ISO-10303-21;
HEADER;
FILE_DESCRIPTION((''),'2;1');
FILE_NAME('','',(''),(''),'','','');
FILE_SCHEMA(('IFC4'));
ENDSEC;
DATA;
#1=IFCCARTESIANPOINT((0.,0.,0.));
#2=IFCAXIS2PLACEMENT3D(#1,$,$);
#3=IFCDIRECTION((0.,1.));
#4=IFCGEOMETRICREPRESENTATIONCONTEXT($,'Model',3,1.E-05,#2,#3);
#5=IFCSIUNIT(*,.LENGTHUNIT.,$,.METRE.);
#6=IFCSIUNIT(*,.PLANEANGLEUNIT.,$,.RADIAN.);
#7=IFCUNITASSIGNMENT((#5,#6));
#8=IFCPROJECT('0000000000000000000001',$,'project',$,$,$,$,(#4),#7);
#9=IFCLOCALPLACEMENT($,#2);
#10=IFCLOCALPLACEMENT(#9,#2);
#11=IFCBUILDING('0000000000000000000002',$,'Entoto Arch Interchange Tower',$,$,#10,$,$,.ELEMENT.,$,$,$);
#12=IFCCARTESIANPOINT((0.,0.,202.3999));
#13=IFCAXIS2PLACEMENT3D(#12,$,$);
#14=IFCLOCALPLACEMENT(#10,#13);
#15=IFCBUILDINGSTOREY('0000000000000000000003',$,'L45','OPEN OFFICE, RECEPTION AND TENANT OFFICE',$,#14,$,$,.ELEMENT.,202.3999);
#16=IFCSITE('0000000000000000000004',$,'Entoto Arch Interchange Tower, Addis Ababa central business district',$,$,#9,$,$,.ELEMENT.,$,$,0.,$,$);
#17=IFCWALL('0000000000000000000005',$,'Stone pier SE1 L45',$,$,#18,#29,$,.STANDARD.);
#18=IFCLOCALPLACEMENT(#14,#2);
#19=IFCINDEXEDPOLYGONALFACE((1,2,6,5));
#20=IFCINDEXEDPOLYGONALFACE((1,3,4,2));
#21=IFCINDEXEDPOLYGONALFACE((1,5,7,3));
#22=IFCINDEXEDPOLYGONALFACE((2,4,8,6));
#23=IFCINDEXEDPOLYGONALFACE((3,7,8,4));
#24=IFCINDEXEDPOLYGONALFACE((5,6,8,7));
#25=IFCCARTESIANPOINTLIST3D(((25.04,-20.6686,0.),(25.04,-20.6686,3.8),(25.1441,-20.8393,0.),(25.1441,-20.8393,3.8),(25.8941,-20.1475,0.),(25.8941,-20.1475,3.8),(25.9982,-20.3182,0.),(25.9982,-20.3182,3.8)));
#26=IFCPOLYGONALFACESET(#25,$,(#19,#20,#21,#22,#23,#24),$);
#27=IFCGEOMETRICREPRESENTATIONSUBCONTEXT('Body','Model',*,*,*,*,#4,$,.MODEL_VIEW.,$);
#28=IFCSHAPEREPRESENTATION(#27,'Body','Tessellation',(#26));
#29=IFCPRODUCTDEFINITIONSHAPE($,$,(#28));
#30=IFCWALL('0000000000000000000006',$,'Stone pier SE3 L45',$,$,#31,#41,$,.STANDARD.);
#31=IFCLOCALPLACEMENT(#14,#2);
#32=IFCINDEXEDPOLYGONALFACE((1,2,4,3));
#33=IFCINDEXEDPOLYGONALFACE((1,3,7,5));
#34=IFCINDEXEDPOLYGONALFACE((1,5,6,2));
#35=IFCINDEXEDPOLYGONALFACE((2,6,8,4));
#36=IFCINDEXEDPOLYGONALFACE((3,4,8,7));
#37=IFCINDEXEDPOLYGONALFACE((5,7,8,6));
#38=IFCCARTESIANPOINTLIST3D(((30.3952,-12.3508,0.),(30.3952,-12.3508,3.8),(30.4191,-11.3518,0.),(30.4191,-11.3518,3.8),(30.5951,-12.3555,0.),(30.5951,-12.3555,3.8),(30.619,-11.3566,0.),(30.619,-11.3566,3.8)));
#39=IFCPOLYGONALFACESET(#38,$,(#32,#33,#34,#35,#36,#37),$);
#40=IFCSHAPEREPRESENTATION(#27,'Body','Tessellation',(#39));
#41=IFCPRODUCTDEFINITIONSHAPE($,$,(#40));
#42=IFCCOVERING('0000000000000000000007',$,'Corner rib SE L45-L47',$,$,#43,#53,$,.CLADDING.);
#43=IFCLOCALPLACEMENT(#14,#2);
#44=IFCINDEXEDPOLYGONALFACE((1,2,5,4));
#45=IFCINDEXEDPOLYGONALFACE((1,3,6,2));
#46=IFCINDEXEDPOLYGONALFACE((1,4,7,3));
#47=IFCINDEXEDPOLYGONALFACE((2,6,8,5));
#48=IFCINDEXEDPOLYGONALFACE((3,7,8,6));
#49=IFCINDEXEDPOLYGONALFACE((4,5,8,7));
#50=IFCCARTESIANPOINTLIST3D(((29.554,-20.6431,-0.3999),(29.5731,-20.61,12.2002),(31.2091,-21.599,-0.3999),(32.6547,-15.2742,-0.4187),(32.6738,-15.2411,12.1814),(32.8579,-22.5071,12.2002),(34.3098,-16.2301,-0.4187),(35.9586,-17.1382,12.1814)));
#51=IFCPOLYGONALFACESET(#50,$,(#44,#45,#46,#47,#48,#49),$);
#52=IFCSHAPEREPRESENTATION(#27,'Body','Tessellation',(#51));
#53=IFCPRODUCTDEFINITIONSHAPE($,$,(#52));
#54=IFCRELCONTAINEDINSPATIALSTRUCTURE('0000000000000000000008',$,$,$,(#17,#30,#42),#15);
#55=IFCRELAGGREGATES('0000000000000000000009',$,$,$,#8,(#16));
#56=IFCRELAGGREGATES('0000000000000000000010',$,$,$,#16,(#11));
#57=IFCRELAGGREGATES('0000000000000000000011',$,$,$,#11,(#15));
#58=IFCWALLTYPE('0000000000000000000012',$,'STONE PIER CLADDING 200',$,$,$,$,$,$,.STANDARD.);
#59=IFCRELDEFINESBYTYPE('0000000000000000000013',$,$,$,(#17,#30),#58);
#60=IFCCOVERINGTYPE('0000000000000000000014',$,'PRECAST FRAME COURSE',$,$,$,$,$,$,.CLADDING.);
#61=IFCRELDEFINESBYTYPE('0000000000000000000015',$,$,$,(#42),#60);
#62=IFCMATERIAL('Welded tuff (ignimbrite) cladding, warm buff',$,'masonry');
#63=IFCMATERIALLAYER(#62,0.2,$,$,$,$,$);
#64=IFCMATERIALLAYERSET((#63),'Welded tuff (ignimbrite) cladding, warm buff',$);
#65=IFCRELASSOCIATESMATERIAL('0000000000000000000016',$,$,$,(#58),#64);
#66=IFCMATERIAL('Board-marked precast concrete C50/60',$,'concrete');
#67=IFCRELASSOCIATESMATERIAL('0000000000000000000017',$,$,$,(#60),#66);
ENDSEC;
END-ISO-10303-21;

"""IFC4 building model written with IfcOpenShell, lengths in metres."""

from ifc_helpers import new_model, si_unit, direction, frame, frame_2d, origin, place, context, subcontext, project, spatial, polyline, rectangle, outline, extrude, material, layer, layer_set, type_object, element, save


model = new_model("IFC4")

# Units and contexts
model_context = context("Model", 3, precision=1e-05, world=origin(), true_north=direction((0.0, 1.0)))
body_context = subcontext(model_context, "Body", "Model", "MODEL_VIEW")
ifc_project = project(units=[si_unit("LENGTHUNIT", "METRE"), si_unit("PLANEANGLEUNIT", "RADIAN")], contexts=[model_context])

# Site, building, storey
site_placement = place(None, origin())
site = spatial("IfcSite", under=ifc_project, at=site_placement, Name="Entoto Arch Interchange Tower, Addis Ababa central business district", CompositionType="ELEMENT", RefElevation=0.0)
building_placement = place(site_placement, origin())
building = spatial("IfcBuilding", under=site, at=building_placement, Name="Entoto Arch Interchange Tower", CompositionType="ELEMENT")
storey_placement = place(building_placement, frame((0.0, 0.0, 202.3999)))
storey = spatial("IfcBuildingStorey", under=building, at=storey_placement, Name="L45", Description="OPEN OFFICE, RECEPTION AND TENANT OFFICE", CompositionType="ELEMENT", Elevation=202.3999)

# Shared definitions
ifc_material_1 = material(Name="Welded tuff (ignimbrite) cladding, warm buff", Category="masonry")

# Walls
ifc_layer_1 = layer(ifc_material_1, 0.2)
ifc_layer_set_1 = layer_set([ifc_layer_1], Name="Welded tuff (ignimbrite) cladding, warm buff")
wall_type_1 = type_object("IfcWallType", Name="STONE PIER CLADDING 200", PredefinedType="STANDARD", material=ifc_layer_set_1)
for number, where, z_axis, x_axis, name in (
    (1, (25.092, -20.7539, 0.0), (0.0, 0.0, 1.0), (0.85368, 0.520798, 0.0), "Stone pier SE1 L45"),
):
    element("IfcWall", number, at=place(storey_placement, frame(where, z_axis=z_axis, x_axis=x_axis)), inside=storey, type_object=wall_type_1, Name=name, PredefinedType="STANDARD", context=body_context, shape_type="SweptSolid", body=[
        extrude(rectangle(XDim=1.0005, YDim=0.2, at=frame_2d((0.5002, 0.0))), origin(), (0.0, 0.0, 1.0), 3.8),
    ])
wall_1_placement = place(storey_placement, frame((30.4951, -12.353, 0.0), z_axis=(0.0, 0.0, 1.0), x_axis=(0.023942, 0.999713, 0.0)))
element("IfcWall", 2, at=wall_1_placement, inside=storey, type_object=wall_type_1, Name="Stone pier SE3 L45", PredefinedType="STANDARD", context=body_context, shape_type="SweptSolid", body=[
    extrude(rectangle(XDim=0.9993, YDim=0.2, at=frame_2d((0.4995, 0.0))), origin(), (0.0, 0.0, 1.0), 3.8),
])

# Covering
ifc_material_2 = material(Name="Board-marked precast concrete C50/60", Category="concrete")
covering_type = type_object("IfcCoveringType", Name="PRECAST FRAME COURSE", PredefinedType="CLADDING", material=ifc_material_2)
covering_placement = place(storey_placement, frame((29.554, -20.6431, -0.3999), z_axis=(-0.500123, -0.865949, 0.003035), x_axis=(0.865953, -0.500125, 0.0)))
element("IfcCovering", 3, at=covering_placement, inside=storey, type_object=covering_type, Name="Corner rib SE L45-L47", PredefinedType="CLADDING", context=body_context, shape_type="SweptSolid", body=[
    extrude(outline(polyline([(0.0, 0.0), (1.9113, 0.0), (3.7933, 12.6002), (0.0, 12.6002), (0.0, 0.0)])), origin(), (0.0, 0.0, -1.0), 6.2),
])

save(model, "model.ifc")
